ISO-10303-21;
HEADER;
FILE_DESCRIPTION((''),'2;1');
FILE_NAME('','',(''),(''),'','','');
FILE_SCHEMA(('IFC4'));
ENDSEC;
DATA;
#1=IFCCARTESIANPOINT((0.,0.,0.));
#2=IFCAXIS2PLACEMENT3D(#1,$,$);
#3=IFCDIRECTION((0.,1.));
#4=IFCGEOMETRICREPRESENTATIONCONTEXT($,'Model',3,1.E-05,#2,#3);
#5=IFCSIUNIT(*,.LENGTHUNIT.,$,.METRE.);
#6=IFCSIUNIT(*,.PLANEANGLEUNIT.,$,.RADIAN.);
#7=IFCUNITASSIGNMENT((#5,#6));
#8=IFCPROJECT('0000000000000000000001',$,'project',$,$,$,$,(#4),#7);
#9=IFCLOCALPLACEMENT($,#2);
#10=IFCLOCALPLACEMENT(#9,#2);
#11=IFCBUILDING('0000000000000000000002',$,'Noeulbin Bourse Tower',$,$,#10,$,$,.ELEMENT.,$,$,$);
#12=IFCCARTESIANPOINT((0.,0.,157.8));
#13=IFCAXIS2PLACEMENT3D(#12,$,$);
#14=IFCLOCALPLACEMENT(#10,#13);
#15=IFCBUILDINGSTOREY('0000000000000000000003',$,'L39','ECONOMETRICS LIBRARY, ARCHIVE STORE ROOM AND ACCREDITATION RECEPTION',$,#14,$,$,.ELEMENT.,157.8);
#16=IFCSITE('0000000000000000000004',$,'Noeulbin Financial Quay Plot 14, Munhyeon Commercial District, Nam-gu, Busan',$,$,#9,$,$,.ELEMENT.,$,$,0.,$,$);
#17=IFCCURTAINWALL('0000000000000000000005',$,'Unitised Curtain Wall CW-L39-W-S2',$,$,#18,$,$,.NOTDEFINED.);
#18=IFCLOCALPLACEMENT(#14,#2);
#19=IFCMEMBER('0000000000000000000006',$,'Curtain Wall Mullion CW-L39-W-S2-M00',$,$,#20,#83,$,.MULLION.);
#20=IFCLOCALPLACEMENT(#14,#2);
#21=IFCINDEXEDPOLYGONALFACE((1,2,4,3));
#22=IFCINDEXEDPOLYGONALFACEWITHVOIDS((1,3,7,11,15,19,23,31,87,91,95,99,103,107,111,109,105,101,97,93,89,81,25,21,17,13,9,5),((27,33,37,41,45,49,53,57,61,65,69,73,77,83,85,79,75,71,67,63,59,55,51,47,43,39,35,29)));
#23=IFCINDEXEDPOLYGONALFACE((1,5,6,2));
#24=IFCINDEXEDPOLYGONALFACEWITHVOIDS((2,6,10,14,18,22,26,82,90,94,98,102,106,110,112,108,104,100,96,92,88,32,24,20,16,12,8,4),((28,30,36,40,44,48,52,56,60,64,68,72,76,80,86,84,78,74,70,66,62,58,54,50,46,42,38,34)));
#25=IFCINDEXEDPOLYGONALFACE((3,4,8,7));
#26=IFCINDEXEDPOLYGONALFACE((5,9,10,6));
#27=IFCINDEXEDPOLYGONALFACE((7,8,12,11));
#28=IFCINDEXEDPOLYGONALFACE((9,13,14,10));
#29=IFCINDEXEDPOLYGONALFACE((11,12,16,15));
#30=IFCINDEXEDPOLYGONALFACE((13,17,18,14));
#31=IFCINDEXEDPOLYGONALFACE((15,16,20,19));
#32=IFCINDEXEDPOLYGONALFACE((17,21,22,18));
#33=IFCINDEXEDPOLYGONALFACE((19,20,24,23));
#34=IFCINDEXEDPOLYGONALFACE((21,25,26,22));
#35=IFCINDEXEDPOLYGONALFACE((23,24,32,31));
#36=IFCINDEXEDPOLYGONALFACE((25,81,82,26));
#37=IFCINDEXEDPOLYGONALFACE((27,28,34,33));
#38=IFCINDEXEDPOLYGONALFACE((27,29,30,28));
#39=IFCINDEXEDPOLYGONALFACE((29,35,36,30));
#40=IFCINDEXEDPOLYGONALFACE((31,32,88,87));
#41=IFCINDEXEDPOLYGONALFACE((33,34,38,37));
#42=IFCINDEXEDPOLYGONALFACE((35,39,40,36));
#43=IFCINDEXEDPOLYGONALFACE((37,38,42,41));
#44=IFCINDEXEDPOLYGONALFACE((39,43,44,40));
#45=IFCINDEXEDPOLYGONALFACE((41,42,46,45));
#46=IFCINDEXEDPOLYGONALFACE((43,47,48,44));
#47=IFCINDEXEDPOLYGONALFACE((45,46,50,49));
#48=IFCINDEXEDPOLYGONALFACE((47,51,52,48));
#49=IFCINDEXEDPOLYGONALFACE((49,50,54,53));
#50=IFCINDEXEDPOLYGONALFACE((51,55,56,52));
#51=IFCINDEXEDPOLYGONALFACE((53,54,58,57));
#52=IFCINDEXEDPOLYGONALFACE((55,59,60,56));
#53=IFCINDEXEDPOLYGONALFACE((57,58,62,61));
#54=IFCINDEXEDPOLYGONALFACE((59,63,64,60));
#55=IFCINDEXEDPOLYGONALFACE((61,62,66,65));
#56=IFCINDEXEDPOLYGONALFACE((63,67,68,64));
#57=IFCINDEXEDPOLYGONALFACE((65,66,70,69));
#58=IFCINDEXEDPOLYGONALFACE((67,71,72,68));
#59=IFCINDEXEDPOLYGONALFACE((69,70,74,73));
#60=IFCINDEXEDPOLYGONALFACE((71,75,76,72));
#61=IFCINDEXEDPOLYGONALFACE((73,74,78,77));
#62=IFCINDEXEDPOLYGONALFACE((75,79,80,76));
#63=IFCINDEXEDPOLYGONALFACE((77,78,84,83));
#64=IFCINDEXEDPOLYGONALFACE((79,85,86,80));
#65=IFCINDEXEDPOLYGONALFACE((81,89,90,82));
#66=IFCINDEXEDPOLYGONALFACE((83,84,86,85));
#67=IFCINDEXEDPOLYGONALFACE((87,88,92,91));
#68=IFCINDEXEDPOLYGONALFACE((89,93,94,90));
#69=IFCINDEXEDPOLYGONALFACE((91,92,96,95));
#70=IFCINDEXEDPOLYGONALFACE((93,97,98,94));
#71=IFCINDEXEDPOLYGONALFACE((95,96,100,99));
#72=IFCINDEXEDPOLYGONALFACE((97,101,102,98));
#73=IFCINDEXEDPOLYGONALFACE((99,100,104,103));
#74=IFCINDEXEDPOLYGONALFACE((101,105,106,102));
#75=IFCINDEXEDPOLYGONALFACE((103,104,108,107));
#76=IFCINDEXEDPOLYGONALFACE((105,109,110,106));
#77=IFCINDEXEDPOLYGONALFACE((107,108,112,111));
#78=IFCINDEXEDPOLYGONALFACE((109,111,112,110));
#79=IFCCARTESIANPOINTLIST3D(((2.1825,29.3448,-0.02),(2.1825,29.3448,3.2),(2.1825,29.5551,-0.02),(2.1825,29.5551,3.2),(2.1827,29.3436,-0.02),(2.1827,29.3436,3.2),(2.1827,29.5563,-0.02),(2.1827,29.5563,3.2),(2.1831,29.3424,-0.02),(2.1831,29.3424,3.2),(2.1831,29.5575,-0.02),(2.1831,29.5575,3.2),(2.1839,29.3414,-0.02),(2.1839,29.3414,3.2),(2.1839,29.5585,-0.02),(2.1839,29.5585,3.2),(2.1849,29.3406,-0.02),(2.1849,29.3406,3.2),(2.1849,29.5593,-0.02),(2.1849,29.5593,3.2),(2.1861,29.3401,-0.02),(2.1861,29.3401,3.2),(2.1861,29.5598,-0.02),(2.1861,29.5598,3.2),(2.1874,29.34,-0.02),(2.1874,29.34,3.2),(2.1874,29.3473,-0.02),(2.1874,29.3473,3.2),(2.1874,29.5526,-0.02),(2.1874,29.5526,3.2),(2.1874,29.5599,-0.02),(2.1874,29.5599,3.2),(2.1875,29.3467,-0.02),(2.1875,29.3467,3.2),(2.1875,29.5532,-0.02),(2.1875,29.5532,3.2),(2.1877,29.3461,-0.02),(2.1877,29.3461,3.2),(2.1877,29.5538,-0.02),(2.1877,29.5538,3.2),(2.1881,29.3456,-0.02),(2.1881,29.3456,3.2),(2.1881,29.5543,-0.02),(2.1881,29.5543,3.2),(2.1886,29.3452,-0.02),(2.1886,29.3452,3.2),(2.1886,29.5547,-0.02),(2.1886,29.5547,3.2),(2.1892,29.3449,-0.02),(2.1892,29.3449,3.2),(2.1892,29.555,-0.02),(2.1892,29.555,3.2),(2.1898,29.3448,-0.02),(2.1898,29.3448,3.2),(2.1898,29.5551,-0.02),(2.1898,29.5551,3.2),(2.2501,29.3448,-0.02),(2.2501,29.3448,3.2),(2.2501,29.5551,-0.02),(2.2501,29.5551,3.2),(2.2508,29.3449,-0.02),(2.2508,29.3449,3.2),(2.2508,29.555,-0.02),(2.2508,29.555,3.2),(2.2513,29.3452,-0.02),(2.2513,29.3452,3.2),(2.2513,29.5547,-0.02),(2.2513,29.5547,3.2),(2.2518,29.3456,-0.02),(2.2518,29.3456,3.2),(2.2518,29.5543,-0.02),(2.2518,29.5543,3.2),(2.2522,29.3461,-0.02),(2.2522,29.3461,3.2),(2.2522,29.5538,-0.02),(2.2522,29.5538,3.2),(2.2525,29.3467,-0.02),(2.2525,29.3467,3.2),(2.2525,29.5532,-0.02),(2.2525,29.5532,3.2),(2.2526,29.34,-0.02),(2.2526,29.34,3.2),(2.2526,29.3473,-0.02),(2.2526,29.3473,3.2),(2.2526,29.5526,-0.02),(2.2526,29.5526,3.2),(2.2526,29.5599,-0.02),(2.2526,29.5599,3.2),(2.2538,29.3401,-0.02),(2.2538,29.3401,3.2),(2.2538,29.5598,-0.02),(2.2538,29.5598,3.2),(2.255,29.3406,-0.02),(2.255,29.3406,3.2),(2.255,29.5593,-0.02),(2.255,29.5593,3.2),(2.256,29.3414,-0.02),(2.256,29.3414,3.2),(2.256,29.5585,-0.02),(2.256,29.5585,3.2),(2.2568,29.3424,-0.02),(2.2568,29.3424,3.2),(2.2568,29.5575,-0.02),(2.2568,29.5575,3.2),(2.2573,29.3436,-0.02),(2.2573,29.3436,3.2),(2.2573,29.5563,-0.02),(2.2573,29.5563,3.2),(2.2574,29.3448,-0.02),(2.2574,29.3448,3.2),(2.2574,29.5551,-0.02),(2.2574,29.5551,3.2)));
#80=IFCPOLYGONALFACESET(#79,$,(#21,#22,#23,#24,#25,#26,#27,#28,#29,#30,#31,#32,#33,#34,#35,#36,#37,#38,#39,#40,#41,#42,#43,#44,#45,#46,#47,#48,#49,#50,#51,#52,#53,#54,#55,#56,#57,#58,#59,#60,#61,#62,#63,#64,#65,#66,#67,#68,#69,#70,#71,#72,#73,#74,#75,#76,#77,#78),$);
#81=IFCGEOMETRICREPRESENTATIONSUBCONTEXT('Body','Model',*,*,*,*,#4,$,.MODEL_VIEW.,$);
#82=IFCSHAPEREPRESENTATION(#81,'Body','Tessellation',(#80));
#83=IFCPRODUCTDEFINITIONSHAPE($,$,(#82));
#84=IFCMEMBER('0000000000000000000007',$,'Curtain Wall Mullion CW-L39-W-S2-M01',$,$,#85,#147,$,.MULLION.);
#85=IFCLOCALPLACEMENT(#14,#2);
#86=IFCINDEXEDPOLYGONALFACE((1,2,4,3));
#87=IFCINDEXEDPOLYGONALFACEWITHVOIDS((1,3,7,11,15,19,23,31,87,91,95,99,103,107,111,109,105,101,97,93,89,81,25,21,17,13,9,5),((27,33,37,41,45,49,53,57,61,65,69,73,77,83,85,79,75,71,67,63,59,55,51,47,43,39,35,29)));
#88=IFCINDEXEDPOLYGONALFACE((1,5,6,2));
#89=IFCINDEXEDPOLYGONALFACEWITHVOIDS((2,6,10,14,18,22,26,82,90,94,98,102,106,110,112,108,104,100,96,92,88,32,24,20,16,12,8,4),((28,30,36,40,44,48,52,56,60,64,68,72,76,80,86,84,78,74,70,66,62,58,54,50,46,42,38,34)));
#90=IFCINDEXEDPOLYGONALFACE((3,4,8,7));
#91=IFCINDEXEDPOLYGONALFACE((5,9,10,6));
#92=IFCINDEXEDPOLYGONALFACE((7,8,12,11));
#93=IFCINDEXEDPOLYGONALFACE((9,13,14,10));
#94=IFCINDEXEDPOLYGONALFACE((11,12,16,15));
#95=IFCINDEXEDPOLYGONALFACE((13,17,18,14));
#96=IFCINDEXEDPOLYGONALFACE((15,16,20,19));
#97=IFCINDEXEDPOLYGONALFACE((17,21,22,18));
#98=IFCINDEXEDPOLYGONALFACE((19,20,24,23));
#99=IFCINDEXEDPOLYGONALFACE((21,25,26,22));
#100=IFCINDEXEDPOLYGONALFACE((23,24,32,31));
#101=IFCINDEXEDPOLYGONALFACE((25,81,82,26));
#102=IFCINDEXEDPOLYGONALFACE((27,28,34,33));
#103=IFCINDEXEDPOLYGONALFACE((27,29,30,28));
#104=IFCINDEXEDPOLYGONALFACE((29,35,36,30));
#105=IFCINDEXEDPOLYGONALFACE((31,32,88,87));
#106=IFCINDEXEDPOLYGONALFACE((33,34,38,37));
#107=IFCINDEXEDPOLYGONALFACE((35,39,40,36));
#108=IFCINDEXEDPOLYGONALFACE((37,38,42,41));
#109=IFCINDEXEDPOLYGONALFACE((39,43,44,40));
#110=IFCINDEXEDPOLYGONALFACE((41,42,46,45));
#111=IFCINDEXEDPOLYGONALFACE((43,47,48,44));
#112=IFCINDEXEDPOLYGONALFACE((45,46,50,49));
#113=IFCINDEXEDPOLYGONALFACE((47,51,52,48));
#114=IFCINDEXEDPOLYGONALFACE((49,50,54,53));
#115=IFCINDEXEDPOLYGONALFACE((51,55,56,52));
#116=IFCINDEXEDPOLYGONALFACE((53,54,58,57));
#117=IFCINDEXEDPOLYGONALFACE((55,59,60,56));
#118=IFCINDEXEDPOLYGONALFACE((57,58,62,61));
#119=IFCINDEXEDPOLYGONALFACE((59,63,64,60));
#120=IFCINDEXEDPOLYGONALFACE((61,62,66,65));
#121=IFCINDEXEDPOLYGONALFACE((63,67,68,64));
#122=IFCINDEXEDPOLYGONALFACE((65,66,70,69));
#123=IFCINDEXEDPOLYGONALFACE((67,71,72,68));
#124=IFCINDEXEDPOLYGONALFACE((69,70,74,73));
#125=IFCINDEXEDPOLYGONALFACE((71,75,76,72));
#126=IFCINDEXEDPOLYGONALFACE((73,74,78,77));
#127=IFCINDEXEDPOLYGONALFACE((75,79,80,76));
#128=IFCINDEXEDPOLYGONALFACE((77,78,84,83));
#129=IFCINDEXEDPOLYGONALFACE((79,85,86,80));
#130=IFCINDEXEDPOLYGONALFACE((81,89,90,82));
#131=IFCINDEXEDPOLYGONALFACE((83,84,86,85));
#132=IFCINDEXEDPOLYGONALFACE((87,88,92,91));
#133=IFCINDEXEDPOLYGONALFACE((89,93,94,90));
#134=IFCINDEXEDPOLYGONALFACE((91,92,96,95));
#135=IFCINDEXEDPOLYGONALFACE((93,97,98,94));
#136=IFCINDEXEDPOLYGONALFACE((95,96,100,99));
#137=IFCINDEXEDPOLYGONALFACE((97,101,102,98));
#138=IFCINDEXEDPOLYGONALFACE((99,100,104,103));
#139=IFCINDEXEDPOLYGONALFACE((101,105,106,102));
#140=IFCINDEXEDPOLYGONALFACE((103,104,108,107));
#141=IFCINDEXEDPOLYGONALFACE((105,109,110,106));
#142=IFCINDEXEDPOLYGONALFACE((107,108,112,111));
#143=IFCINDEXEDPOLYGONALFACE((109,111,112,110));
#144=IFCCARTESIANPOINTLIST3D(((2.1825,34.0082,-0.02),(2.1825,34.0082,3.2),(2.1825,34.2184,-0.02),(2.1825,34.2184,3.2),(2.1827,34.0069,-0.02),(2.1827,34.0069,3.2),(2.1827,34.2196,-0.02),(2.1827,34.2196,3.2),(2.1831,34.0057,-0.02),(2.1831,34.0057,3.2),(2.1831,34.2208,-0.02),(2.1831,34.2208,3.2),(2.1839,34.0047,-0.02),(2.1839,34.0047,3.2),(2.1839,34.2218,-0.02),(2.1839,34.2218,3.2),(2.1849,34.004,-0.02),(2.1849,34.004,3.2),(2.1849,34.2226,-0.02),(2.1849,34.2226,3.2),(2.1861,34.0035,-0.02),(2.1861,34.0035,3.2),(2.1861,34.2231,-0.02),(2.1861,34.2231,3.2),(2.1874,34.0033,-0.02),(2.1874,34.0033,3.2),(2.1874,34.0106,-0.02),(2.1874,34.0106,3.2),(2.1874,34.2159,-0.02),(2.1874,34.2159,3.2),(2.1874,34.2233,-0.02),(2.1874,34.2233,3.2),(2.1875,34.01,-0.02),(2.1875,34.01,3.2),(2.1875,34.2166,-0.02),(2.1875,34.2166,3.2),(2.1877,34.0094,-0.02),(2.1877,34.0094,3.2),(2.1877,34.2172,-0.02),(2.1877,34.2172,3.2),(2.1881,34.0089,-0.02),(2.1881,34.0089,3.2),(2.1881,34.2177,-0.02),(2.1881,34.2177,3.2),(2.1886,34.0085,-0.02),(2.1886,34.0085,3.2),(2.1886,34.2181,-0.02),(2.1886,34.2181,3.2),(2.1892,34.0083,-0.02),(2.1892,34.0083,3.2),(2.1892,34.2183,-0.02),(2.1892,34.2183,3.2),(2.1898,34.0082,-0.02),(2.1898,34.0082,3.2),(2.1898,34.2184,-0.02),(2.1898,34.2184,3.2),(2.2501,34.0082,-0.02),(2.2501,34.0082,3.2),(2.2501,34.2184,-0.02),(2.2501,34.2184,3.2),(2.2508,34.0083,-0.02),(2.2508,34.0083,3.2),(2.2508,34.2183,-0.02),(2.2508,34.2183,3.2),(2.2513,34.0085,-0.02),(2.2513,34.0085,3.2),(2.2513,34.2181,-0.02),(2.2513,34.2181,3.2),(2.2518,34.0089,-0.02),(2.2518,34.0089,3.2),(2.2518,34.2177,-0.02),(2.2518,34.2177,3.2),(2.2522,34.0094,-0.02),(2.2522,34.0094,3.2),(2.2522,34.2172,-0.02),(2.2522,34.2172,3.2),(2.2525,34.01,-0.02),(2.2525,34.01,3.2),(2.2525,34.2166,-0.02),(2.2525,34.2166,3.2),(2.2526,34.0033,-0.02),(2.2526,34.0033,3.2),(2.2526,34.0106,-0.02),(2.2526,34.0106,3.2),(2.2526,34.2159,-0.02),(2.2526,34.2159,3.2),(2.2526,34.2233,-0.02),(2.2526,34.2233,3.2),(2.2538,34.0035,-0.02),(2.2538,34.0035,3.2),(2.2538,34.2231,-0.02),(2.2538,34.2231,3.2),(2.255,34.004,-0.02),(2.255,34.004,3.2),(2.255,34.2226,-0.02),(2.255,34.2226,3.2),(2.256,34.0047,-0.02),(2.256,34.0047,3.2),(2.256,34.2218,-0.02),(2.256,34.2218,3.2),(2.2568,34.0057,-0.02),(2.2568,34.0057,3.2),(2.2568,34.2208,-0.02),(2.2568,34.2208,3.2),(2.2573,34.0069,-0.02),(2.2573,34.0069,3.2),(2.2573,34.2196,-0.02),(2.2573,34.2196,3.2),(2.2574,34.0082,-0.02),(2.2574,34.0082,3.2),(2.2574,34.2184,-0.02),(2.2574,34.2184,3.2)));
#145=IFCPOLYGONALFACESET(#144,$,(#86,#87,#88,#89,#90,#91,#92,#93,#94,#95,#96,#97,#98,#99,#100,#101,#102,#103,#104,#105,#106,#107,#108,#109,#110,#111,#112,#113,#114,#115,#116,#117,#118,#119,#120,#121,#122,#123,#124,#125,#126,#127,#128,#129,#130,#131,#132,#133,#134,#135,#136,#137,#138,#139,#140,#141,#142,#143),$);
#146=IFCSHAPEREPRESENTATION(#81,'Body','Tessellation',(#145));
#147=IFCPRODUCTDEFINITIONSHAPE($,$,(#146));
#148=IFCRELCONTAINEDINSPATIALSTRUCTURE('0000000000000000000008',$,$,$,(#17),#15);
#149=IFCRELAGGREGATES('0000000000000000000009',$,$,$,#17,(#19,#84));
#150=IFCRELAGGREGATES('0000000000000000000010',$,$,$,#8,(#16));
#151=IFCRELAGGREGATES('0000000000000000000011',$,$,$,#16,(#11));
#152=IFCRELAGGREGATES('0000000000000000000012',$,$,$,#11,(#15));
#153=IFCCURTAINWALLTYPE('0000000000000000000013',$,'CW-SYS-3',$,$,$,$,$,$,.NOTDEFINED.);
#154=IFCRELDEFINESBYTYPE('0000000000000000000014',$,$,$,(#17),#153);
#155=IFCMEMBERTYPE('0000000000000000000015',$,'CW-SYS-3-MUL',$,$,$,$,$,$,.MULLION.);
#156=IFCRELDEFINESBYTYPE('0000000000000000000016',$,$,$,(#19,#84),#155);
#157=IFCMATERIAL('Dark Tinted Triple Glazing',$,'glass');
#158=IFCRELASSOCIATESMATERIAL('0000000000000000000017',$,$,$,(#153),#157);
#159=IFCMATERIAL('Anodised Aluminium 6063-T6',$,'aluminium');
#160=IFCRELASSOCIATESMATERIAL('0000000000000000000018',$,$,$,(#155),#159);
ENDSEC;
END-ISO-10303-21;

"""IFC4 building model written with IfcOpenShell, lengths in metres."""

from ifc_helpers import new_model, si_unit, direction, frame, origin, origin_2d, place, context, subcontext, project, spatial, hollow_rectangle, extrude, material, material_profile, profile_set, type_object, element, aggregate, save


model = new_model("IFC4")

# Units and contexts
model_context = context("Model", 3, precision=1e-05, world=origin(), true_north=direction((0.0, 1.0)))
body_context = subcontext(model_context, "Body", "Model", "MODEL_VIEW")
ifc_project = project(units=[si_unit("LENGTHUNIT", "METRE"), si_unit("PLANEANGLEUNIT", "RADIAN")], contexts=[model_context])

# Site, building, storey
site_placement = place(None, origin())
site = spatial("IfcSite", under=ifc_project, at=site_placement, Name="Noeulbin Financial Quay Plot 14, Munhyeon Commercial District, Nam-gu, Busan", CompositionType="ELEMENT", RefElevation=0.0)
building_placement = place(site_placement, origin())
building = spatial("IfcBuilding", under=site, at=building_placement, Name="Noeulbin Bourse Tower", CompositionType="ELEMENT")
storey_placement = place(building_placement, frame((0.0, 0.0, 157.8)))
storey = spatial("IfcBuildingStorey", under=building, at=storey_placement, Name="L39", Description="ECONOMETRICS LIBRARY, ARCHIVE STORE ROOM AND ACCREDITATION RECEPTION", CompositionType="ELEMENT", Elevation=157.8)

# Shared definitions
ifc_material_1 = material(Name="Dark Tinted Triple Glazing", Category="glass")
curtain_wall_type = type_object("IfcCurtainWallType", Name="CW-SYS-3", PredefinedType="NOTDEFINED", material=ifc_material_1)
ifc_material_2 = material(Name="Anodised Aluminium 6063-T6", Category="aluminium")
ifc_material_profile_1 = material_profile(ifc_material_2, hollow_rectangle(XDim=0.075, YDim=0.22, WallThickness=0.0049, InnerFilletRadius=0.0024, OuterFilletRadius=0.0049, at=origin_2d()), Name="ALU-MULL-75x220x5", Category="LoadBearing")
ifc_profile_set_1 = profile_set([ifc_material_profile_1], Name="Anodised Aluminium 6063-T6")
member_type_1 = type_object("IfcMemberType", Name="CW-SYS-3-MUL", PredefinedType="MULLION", material=ifc_profile_set_1)

# Curtain wall, members
curtain_wall_1_placement = place(storey_placement, origin())
curtain_wall_1 = element("IfcCurtainWall", 1, at=curtain_wall_1_placement, inside=storey, type_object=curtain_wall_type, Name="Unitised Curtain Wall CW-L39-W-S2", PredefinedType="NOTDEFINED")
member_1_placement = place(storey_placement, frame((2.22, 29.45, -0.02), z_axis=(0.0, 0.0, 1.0), x_axis=(1.0, 0.0, 0.0)))
member_1 = element("IfcMember", 2, at=member_1_placement, type_object=member_type_1, Name="Curtain Wall Mullion CW-L39-W-S2-M00", PredefinedType="MULLION", context=body_context, shape_type="SweptSolid", body=[
    extrude(hollow_rectangle(XDim=0.075, YDim=0.22, WallThickness=0.0049, InnerFilletRadius=0.0024, OuterFilletRadius=0.0049, at=origin_2d()), origin(), (0.0, 0.0, 1.0), 3.22),
])
member_2_placement = place(storey_placement, frame((2.22, 34.1133, -0.02), z_axis=(0.0, 0.0, 1.0), x_axis=(1.0, 0.0, 0.0)))
member_2 = element("IfcMember", 3, at=member_2_placement, type_object=member_type_1, Name="Curtain Wall Mullion CW-L39-W-S2-M01", PredefinedType="MULLION", context=body_context, shape_type="SweptSolid", body=[
    extrude(hollow_rectangle(XDim=0.075, YDim=0.22, WallThickness=0.0049, InnerFilletRadius=0.0024, OuterFilletRadius=0.0049, at=origin_2d()), origin(), (0.0, 0.0, 1.0), 3.22),
])

aggregate(curtain_wall_1, [member_1, member_2])

save(model, "model.ifc")
